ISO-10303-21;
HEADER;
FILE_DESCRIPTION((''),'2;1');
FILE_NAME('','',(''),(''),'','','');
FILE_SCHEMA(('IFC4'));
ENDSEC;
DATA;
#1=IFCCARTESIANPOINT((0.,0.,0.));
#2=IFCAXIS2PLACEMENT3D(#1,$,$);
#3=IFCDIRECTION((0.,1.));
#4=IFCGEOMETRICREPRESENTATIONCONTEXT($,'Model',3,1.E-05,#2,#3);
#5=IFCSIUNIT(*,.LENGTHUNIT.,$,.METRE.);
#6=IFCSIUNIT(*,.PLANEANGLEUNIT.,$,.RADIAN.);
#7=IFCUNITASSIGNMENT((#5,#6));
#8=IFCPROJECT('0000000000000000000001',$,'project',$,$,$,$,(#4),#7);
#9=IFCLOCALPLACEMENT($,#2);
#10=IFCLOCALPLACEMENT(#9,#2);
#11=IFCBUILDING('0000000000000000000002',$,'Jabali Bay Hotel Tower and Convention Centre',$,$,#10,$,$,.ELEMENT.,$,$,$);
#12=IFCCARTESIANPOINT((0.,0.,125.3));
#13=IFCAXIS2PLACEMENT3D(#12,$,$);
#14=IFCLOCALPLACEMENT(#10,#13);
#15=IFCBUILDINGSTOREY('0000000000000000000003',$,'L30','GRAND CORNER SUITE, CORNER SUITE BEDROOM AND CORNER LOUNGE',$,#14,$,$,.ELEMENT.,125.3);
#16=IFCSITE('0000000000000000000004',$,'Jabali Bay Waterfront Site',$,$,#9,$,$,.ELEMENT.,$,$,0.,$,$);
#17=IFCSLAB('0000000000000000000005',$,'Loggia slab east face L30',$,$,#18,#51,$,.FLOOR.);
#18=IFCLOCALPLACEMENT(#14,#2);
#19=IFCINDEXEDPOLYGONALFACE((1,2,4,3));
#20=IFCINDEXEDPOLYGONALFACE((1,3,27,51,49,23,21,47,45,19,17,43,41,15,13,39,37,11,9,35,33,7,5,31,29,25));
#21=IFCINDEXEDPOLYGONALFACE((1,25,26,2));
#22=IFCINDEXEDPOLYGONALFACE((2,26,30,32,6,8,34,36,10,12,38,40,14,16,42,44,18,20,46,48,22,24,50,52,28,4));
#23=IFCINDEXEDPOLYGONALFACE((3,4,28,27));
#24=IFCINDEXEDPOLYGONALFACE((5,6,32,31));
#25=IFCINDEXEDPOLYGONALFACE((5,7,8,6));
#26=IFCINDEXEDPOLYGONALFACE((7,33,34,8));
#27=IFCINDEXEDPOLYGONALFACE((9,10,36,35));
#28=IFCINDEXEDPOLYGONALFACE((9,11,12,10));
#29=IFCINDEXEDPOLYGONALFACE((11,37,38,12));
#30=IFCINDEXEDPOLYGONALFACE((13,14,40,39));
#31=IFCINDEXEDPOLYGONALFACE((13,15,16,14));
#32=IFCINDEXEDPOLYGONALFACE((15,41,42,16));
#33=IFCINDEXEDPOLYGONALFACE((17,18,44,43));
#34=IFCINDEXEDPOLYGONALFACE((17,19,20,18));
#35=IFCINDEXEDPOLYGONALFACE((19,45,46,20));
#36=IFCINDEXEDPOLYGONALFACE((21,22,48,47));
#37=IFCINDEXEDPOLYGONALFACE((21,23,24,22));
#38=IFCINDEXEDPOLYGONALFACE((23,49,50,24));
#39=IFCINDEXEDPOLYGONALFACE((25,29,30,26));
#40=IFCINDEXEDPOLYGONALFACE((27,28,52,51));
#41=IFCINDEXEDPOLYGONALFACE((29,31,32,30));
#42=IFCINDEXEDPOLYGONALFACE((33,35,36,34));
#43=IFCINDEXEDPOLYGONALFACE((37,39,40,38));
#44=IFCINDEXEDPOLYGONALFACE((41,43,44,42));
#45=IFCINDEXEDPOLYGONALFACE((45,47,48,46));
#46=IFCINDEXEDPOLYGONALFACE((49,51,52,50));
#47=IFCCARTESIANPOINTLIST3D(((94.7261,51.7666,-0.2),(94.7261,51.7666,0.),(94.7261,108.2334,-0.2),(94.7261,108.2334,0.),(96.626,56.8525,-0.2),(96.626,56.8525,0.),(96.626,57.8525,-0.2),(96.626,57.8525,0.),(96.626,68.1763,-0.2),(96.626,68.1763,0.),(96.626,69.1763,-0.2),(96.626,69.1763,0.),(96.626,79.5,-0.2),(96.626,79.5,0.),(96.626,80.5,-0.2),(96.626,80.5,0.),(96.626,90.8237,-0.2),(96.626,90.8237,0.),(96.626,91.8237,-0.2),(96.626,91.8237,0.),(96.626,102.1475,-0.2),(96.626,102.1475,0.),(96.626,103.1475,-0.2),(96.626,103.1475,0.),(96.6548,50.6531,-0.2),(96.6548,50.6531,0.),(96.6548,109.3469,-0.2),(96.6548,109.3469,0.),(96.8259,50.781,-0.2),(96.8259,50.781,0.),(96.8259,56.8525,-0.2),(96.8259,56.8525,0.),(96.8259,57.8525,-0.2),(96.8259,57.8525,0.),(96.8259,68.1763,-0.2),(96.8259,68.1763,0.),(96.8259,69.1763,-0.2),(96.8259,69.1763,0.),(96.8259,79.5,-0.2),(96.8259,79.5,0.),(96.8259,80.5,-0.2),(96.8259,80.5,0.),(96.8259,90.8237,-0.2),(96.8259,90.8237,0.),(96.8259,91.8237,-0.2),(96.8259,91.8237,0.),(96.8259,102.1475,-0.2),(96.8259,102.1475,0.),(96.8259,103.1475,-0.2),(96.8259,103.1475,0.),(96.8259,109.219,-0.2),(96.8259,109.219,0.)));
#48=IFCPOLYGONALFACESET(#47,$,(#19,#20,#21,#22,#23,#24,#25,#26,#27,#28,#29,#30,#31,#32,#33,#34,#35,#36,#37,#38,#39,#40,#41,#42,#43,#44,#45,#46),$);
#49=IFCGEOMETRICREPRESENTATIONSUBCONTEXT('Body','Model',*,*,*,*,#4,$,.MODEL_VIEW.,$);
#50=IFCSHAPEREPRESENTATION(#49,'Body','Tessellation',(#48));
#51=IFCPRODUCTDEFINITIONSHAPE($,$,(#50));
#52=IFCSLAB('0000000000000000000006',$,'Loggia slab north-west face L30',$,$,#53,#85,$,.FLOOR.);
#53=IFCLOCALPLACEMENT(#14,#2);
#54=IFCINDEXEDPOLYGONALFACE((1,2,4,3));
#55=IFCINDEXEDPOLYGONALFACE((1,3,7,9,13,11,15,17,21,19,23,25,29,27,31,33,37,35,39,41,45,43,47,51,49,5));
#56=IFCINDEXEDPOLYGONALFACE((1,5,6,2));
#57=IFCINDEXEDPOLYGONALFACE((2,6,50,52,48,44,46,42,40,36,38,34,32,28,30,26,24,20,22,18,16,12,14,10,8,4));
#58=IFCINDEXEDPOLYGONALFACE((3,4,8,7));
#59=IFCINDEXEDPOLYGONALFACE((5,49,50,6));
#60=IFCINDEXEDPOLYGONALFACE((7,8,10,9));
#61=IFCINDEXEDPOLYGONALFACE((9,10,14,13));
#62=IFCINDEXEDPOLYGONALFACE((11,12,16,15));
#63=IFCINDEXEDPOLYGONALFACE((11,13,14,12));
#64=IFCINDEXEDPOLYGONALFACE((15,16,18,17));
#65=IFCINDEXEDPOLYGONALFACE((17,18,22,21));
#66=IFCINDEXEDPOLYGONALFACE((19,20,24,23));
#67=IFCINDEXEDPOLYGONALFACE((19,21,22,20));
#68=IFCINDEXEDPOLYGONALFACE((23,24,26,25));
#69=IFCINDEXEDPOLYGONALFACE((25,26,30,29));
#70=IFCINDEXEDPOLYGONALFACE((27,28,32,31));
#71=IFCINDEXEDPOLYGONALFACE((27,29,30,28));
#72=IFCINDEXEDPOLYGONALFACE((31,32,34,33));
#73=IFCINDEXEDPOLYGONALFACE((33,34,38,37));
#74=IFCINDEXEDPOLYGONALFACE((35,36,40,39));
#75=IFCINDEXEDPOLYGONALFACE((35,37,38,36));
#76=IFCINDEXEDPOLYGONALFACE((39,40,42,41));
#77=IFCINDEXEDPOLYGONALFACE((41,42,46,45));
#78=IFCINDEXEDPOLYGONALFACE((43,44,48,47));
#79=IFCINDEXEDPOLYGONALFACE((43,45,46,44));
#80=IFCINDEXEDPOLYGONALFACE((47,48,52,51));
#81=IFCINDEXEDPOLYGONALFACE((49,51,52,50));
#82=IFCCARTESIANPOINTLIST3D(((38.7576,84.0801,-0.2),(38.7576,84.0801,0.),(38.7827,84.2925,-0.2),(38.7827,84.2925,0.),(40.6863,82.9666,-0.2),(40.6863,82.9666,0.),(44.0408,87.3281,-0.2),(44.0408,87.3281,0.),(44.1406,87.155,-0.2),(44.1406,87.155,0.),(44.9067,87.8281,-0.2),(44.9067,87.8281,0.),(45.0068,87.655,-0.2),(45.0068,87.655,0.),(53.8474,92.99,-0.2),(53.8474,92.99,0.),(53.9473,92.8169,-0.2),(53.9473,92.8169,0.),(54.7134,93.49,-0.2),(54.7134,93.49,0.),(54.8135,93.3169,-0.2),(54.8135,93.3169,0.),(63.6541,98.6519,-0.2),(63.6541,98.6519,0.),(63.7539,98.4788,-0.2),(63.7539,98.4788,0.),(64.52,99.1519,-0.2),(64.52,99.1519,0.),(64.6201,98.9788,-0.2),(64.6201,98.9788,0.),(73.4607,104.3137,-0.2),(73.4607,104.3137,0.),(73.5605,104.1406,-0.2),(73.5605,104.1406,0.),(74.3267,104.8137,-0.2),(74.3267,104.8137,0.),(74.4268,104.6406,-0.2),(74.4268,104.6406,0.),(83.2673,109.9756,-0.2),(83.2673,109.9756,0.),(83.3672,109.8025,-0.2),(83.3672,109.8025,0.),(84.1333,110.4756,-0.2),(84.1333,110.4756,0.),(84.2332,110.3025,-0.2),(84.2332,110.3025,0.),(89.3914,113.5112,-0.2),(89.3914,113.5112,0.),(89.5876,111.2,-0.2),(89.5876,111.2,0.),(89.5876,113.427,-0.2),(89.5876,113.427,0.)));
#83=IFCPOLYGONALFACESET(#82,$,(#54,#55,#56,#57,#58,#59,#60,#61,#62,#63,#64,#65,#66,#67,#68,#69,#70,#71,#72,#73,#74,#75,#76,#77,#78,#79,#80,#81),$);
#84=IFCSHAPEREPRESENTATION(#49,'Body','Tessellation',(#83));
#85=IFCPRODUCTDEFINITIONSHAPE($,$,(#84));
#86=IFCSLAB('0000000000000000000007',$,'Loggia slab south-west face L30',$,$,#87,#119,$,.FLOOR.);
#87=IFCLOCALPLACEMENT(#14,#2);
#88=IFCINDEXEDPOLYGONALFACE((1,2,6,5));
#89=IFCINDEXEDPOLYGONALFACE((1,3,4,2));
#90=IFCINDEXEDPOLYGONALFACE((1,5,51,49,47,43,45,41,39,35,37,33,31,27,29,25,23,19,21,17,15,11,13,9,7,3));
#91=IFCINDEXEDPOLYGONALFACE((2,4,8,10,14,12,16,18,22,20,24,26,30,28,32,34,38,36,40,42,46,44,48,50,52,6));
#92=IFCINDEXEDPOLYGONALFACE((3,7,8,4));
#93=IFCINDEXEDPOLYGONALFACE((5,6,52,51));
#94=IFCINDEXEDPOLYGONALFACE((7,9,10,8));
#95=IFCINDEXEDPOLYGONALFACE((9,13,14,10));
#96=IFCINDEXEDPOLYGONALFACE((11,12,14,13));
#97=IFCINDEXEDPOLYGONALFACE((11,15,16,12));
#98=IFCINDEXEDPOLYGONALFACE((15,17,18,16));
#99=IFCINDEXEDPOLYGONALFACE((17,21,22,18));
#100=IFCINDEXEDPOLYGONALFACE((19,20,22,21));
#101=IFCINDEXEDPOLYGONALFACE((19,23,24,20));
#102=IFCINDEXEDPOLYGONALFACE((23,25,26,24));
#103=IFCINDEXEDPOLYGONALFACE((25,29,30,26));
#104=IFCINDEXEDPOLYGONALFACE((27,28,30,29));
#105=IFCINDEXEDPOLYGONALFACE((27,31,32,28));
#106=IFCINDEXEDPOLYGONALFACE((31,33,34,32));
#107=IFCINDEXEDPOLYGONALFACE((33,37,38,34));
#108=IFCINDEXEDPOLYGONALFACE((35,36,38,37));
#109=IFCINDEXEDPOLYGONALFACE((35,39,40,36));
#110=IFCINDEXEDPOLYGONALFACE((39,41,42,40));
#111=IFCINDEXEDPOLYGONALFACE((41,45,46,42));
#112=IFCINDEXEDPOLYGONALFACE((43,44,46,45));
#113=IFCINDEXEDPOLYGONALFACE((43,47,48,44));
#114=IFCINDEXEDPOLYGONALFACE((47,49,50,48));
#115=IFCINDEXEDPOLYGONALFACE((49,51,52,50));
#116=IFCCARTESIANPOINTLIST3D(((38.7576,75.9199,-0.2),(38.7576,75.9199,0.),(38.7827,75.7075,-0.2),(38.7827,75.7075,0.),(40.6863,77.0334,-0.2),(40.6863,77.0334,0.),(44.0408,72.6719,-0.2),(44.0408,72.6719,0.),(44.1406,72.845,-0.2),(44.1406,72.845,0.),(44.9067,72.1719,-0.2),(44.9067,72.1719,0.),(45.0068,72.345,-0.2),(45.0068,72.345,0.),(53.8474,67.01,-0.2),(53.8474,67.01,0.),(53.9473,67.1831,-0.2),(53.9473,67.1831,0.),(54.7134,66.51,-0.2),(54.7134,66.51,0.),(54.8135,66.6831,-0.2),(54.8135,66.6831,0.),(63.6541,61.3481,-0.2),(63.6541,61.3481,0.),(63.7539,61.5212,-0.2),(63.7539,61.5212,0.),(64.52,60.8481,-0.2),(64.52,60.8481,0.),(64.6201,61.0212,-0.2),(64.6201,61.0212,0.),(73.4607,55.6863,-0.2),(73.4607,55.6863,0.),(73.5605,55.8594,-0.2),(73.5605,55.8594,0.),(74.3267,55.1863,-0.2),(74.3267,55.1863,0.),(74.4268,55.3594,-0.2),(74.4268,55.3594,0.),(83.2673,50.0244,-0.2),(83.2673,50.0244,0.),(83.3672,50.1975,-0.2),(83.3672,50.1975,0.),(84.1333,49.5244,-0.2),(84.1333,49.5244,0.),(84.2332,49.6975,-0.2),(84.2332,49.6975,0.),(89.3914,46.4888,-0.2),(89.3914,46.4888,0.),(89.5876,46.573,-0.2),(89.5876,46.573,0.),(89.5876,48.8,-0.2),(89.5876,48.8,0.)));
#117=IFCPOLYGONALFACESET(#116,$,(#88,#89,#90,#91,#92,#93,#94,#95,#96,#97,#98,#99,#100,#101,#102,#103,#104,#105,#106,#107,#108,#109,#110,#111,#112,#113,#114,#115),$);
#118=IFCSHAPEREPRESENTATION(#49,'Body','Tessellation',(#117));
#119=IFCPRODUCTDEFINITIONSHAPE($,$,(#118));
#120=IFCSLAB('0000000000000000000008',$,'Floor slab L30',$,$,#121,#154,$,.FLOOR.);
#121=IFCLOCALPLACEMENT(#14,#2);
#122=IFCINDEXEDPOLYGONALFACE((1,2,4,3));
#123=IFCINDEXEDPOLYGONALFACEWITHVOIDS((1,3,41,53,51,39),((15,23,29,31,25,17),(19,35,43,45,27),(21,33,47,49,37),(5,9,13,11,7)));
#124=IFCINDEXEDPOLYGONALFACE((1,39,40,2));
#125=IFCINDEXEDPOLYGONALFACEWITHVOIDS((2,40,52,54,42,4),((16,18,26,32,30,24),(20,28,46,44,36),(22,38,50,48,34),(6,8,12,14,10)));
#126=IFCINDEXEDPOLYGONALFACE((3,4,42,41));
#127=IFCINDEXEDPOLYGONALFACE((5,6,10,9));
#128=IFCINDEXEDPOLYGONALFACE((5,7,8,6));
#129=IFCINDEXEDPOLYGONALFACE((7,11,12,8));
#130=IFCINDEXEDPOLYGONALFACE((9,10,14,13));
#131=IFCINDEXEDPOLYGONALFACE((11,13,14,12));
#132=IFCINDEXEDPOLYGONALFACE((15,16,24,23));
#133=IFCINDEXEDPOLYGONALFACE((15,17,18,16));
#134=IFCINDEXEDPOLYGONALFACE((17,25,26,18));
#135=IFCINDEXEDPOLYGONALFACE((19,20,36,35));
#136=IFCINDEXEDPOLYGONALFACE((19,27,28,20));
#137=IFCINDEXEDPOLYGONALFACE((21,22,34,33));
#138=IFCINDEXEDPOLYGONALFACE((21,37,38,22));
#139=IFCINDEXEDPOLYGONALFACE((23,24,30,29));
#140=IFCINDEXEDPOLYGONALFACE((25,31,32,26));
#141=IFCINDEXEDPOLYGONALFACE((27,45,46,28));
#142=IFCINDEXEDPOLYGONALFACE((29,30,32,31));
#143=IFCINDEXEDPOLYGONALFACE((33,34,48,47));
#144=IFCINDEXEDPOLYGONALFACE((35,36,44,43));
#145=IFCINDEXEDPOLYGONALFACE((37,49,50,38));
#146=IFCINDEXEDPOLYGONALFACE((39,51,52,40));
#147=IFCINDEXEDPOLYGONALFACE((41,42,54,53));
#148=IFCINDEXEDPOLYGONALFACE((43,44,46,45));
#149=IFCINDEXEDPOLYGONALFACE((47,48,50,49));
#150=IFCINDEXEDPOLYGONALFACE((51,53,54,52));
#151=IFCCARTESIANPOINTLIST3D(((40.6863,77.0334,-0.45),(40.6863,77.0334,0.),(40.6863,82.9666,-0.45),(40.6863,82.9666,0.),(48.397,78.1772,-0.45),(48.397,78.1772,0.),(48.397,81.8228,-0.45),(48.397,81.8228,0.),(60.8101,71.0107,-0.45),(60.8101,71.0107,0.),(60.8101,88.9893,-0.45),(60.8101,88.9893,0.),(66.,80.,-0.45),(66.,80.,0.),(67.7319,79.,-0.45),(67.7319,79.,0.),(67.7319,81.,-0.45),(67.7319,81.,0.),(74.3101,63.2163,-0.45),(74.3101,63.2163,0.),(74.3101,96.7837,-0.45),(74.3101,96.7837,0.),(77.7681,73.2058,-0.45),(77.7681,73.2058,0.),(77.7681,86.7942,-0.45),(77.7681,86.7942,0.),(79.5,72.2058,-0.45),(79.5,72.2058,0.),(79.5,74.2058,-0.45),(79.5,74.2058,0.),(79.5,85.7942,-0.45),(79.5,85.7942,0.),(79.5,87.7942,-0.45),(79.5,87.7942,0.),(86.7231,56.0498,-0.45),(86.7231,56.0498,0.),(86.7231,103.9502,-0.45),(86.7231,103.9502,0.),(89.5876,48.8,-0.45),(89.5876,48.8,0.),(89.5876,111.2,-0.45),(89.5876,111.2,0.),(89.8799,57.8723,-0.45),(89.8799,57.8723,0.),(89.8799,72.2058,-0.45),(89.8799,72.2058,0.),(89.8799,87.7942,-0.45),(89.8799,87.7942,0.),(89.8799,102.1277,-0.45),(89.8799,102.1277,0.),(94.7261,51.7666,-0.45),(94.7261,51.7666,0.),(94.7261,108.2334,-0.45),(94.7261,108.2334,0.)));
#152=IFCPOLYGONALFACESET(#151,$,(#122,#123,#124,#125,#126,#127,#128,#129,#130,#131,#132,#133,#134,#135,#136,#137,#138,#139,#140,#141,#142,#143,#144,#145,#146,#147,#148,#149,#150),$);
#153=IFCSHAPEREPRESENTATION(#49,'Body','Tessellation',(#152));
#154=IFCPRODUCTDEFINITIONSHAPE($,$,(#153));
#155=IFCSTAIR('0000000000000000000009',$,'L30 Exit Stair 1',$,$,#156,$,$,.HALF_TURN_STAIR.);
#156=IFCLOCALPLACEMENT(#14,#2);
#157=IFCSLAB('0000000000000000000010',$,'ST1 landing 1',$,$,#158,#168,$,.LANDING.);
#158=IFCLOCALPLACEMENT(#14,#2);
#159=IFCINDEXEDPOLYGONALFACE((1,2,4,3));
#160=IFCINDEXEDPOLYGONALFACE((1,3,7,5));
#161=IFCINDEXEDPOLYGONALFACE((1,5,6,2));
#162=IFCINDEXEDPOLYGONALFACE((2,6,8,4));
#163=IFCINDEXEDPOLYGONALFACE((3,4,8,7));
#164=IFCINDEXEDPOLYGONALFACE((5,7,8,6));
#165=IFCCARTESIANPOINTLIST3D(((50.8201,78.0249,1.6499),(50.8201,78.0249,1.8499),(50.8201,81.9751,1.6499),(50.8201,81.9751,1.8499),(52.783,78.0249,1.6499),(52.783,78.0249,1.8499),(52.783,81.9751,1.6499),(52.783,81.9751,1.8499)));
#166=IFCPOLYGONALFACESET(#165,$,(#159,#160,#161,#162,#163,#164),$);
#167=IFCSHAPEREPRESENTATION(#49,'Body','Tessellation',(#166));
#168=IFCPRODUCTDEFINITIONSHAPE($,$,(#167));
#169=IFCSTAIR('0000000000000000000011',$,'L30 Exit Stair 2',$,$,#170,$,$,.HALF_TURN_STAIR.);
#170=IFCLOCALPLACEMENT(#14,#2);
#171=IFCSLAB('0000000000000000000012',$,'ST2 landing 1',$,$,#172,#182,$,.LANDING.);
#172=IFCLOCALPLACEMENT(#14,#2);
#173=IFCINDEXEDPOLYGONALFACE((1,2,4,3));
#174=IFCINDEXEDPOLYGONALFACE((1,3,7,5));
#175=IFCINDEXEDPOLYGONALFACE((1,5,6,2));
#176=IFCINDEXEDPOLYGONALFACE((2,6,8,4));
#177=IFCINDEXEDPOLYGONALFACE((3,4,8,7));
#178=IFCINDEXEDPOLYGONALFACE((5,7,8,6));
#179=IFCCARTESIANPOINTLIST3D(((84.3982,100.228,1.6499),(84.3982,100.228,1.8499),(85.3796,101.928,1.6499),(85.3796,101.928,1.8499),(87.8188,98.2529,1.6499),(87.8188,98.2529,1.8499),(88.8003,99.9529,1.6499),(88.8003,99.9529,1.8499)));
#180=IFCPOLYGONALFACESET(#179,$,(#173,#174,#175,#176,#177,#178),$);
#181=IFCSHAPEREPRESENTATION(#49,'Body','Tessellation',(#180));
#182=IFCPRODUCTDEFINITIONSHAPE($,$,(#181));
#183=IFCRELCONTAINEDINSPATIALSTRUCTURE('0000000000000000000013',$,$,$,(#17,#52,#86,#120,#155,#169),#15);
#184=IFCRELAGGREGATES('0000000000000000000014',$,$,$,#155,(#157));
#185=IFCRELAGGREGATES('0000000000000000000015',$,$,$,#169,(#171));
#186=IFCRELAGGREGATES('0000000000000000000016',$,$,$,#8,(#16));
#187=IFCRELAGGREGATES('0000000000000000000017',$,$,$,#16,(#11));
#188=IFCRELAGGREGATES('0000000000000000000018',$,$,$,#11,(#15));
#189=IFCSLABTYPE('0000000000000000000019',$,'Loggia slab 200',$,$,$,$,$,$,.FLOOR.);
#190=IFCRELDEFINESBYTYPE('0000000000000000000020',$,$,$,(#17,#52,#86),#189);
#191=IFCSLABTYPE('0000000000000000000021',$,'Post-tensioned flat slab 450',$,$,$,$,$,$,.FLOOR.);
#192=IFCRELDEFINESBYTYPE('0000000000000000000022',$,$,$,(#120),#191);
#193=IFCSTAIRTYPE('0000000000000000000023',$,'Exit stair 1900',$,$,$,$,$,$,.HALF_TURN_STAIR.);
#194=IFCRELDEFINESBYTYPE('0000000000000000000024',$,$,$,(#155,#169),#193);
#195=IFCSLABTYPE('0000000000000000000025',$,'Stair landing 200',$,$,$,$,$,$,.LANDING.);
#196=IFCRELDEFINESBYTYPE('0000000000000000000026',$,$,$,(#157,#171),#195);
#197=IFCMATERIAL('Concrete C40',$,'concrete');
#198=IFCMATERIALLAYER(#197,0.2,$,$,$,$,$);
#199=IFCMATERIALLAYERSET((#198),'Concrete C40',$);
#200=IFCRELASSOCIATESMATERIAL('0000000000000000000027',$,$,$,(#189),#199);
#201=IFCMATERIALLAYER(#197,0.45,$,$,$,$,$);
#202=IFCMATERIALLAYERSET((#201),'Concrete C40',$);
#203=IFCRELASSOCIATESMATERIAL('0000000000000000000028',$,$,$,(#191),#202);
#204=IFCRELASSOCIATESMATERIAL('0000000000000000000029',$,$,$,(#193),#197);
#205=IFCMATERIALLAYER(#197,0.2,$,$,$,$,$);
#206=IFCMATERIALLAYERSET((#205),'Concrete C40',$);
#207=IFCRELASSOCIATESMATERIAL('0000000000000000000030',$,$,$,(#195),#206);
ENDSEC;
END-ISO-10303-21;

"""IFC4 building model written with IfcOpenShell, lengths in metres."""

from ifc_helpers import new_model, si_unit, direction, frame, origin, place, context, subcontext, project, spatial, polyline, outline, extrude, material, layer, layer_set, type_object, element, aggregate, save


model = new_model("IFC4")

# Units and contexts
model_context = context("Model", 3, precision=1e-05, world=origin(), true_north=direction((0.0, 1.0)))
body_context = subcontext(model_context, "Body", "Model", "MODEL_VIEW")
ifc_project = project(units=[si_unit("LENGTHUNIT", "METRE"), si_unit("PLANEANGLEUNIT", "RADIAN")], contexts=[model_context])

# Site, building, storey
site_placement = place(None, origin())
site = spatial("IfcSite", under=ifc_project, at=site_placement, Name="Jabali Bay Waterfront Site", CompositionType="ELEMENT", RefElevation=0.0)
building_placement = place(site_placement, origin())
building = spatial("IfcBuilding", under=site, at=building_placement, Name="Jabali Bay Hotel Tower and Convention Centre", CompositionType="ELEMENT")
storey_placement = place(building_placement, frame((0.0, 0.0, 125.3)))
storey = spatial("IfcBuildingStorey", under=building, at=storey_placement, Name="L30", Description="GRAND CORNER SUITE, CORNER SUITE BEDROOM AND CORNER LOUNGE", CompositionType="ELEMENT", Elevation=125.3)

# Slabs
ifc_material_1 = material(Name="Concrete C40", Category="concrete")
ifc_layer_1 = layer(ifc_material_1, 0.2)
ifc_layer_set_1 = layer_set([ifc_layer_1], Name="Concrete C40")
slab_type_1 = type_object("IfcSlabType", Name="Loggia slab 200", PredefinedType="FLOOR", material=ifc_layer_set_1)
slab_1_placement = place(storey_placement, frame((0.0, 0.0, -0.2)))
element("IfcSlab", 1, at=slab_1_placement, inside=storey, type_object=slab_type_1, Name="Loggia slab east face L30", PredefinedType="FLOOR", context=body_context, shape_type="SweptSolid", body=[
    extrude(outline(polyline([(94.7261, 108.2334), (96.6548, 109.3469), (96.8259, 109.219), (96.8259, 103.1475), (96.626, 103.1475), (96.626, 102.1475), (96.8259, 102.1475), (96.8259, 91.8237), (96.626, 91.8237), (96.626, 90.8237), (96.8259, 90.8237), (96.8259, 80.5), (96.626, 80.5), (96.626, 79.5), (96.8259, 79.5), (96.8259, 69.1763), (96.626, 69.1763), (96.626, 68.1763), (96.8259, 68.1763), (96.8259, 57.8525), (96.626, 57.8525), (96.626, 56.8525), (96.8259, 56.8525), (96.8259, 50.781), (96.6548, 50.6531), (94.7261, 51.7666), (94.7261, 108.2334)])), origin(), (0.0, 0.0, 1.0), 0.2),
])
slab_2_placement = place(storey_placement, frame((0.0, 0.0, -0.2)))
element("IfcSlab", 2, at=slab_2_placement, inside=storey, type_object=slab_type_1, Name="Loggia slab north-west face L30", PredefinedType="FLOOR", context=body_context, shape_type="SweptSolid", body=[
    extrude(outline(polyline([(40.6863, 82.9666), (38.7576, 84.0801), (38.7827, 84.2925), (44.0408, 87.3281), (44.1406, 87.155), (45.0068, 87.655), (44.9067, 87.8281), (53.8474, 92.99), (53.9473, 92.8169), (54.8135, 93.3169), (54.7134, 93.49), (63.6541, 98.6519), (63.7539, 98.4788), (64.6201, 98.9788), (64.52, 99.1519), (73.4607, 104.3137), (73.5605, 104.1406), (74.4268, 104.6406), (74.3267, 104.8137), (83.2673, 109.9756), (83.3672, 109.8025), (84.2332, 110.3025), (84.1333, 110.4756), (89.3914, 113.5112), (89.5876, 113.427), (89.5876, 111.2), (40.6863, 82.9666)])), origin(), (0.0, 0.0, 1.0), 0.2),
])
slab_3_placement = place(storey_placement, frame((0.0, 0.0, -0.2)))
element("IfcSlab", 3, at=slab_3_placement, inside=storey, type_object=slab_type_1, Name="Loggia slab south-west face L30", PredefinedType="FLOOR", context=body_context, shape_type="SweptSolid", body=[
    extrude(outline(polyline([(89.5876, 48.8), (89.5876, 46.573), (89.3914, 46.4888), (84.1333, 49.5244), (84.2332, 49.6975), (83.3672, 50.1975), (83.2673, 50.0244), (74.3267, 55.1863), (74.4268, 55.3594), (73.5605, 55.8594), (73.4607, 55.6863), (64.52, 60.8481), (64.6201, 61.0212), (63.7539, 61.5212), (63.6541, 61.3481), (54.7134, 66.51), (54.8135, 66.6831), (53.9473, 67.1831), (53.8474, 67.01), (44.9067, 72.1719), (45.0068, 72.345), (44.1406, 72.845), (44.0408, 72.6719), (38.7827, 75.7075), (38.7576, 75.9199), (40.6863, 77.0334), (89.5876, 48.8)])), origin(), (0.0, 0.0, 1.0), 0.2),
])
ifc_layer_2 = layer(ifc_material_1, 0.45)
ifc_layer_set_2 = layer_set([ifc_layer_2], Name="Concrete C40")
slab_type_2 = type_object("IfcSlabType", Name="Post-tensioned flat slab 450", PredefinedType="FLOOR", material=ifc_layer_set_2)
slab_4_placement = place(storey_placement, frame((0.0, 0.0, -0.45)))
element("IfcSlab", 4, at=slab_4_placement, inside=storey, type_object=slab_type_2, Name="Floor slab L30", PredefinedType="FLOOR", context=body_context, shape_type="SweptSolid", body=[
    extrude(outline(polyline([(89.5876, 111.2), (94.7261, 108.2334), (94.7261, 51.7666), (89.5876, 48.8), (40.6863, 77.0334), (40.6863, 82.9666), (89.5876, 111.2)]), holes=[polyline([(67.7319, 79.0), (77.7681, 73.2058), (79.5, 74.2058), (79.5, 85.7942), (77.7681, 86.7942), (67.7319, 81.0), (67.7319, 79.0)]), polyline([(48.397, 78.1772), (60.8101, 71.0107), (66.0, 80.0), (60.8101, 88.9893), (48.397, 81.8228), (48.397, 78.1772)]), polyline([(89.8799, 102.1277), (86.7231, 103.9502), (74.3101, 96.7837), (79.5, 87.7942), (89.8799, 87.7942), (89.8799, 102.1277)]), polyline([(74.3101, 63.2163), (86.7231, 56.0498), (89.8799, 57.8723), (89.8799, 72.2058), (79.5, 72.2058), (74.3101, 63.2163)])]), origin(), (0.0, 0.0, 1.0), 0.45),
])

# Stairs, slabs
stair_type = type_object("IfcStairType", Name="Exit stair 1900", PredefinedType="HALF_TURN_STAIR", material=ifc_material_1)
stair_1_placement = place(storey_placement, origin())
stair_1 = element("IfcStair", 5, at=stair_1_placement, inside=storey, type_object=stair_type, Name="L30 Exit Stair 1", PredefinedType="HALF_TURN_STAIR")
ifc_layer_3 = layer(ifc_material_1, 0.2)
ifc_layer_set_3 = layer_set([ifc_layer_3], Name="Concrete C40")
slab_type_3 = type_object("IfcSlabType", Name="Stair landing 200", PredefinedType="LANDING", material=ifc_layer_set_3)
slab_5_placement = place(storey_placement, frame((0.0, 0.0, 1.6499)))
slab_5 = element("IfcSlab", 6, at=slab_5_placement, type_object=slab_type_3, Name="ST1 landing 1", PredefinedType="LANDING", context=body_context, shape_type="SweptSolid", body=[
    extrude(outline(polyline([(52.783, 81.9751), (50.8201, 81.9751), (50.8201, 78.0249), (52.783, 78.0249), (52.783, 81.9751)])), origin(), (0.0, 0.0, 1.0), 0.2),
])
aggregate(stair_1, [slab_5])
stair_2_placement = place(storey_placement, origin())
stair_2 = element("IfcStair", 7, at=stair_2_placement, inside=storey, type_object=stair_type, Name="L30 Exit Stair 2", PredefinedType="HALF_TURN_STAIR")
slab_6_placement = place(storey_placement, frame((0.0, 0.0, 1.6499)))
slab_6 = element("IfcSlab", 8, at=slab_6_placement, type_object=slab_type_3, Name="ST2 landing 1", PredefinedType="LANDING", context=body_context, shape_type="SweptSolid", body=[
    extrude(outline(polyline([(87.8188, 98.2529), (88.8003, 99.9529), (85.3796, 101.928), (84.3982, 100.228), (87.8188, 98.2529)])), origin(), (0.0, 0.0, 1.0), 0.2),
])
aggregate(stair_2, [slab_6])

save(model, "model.ifc")
